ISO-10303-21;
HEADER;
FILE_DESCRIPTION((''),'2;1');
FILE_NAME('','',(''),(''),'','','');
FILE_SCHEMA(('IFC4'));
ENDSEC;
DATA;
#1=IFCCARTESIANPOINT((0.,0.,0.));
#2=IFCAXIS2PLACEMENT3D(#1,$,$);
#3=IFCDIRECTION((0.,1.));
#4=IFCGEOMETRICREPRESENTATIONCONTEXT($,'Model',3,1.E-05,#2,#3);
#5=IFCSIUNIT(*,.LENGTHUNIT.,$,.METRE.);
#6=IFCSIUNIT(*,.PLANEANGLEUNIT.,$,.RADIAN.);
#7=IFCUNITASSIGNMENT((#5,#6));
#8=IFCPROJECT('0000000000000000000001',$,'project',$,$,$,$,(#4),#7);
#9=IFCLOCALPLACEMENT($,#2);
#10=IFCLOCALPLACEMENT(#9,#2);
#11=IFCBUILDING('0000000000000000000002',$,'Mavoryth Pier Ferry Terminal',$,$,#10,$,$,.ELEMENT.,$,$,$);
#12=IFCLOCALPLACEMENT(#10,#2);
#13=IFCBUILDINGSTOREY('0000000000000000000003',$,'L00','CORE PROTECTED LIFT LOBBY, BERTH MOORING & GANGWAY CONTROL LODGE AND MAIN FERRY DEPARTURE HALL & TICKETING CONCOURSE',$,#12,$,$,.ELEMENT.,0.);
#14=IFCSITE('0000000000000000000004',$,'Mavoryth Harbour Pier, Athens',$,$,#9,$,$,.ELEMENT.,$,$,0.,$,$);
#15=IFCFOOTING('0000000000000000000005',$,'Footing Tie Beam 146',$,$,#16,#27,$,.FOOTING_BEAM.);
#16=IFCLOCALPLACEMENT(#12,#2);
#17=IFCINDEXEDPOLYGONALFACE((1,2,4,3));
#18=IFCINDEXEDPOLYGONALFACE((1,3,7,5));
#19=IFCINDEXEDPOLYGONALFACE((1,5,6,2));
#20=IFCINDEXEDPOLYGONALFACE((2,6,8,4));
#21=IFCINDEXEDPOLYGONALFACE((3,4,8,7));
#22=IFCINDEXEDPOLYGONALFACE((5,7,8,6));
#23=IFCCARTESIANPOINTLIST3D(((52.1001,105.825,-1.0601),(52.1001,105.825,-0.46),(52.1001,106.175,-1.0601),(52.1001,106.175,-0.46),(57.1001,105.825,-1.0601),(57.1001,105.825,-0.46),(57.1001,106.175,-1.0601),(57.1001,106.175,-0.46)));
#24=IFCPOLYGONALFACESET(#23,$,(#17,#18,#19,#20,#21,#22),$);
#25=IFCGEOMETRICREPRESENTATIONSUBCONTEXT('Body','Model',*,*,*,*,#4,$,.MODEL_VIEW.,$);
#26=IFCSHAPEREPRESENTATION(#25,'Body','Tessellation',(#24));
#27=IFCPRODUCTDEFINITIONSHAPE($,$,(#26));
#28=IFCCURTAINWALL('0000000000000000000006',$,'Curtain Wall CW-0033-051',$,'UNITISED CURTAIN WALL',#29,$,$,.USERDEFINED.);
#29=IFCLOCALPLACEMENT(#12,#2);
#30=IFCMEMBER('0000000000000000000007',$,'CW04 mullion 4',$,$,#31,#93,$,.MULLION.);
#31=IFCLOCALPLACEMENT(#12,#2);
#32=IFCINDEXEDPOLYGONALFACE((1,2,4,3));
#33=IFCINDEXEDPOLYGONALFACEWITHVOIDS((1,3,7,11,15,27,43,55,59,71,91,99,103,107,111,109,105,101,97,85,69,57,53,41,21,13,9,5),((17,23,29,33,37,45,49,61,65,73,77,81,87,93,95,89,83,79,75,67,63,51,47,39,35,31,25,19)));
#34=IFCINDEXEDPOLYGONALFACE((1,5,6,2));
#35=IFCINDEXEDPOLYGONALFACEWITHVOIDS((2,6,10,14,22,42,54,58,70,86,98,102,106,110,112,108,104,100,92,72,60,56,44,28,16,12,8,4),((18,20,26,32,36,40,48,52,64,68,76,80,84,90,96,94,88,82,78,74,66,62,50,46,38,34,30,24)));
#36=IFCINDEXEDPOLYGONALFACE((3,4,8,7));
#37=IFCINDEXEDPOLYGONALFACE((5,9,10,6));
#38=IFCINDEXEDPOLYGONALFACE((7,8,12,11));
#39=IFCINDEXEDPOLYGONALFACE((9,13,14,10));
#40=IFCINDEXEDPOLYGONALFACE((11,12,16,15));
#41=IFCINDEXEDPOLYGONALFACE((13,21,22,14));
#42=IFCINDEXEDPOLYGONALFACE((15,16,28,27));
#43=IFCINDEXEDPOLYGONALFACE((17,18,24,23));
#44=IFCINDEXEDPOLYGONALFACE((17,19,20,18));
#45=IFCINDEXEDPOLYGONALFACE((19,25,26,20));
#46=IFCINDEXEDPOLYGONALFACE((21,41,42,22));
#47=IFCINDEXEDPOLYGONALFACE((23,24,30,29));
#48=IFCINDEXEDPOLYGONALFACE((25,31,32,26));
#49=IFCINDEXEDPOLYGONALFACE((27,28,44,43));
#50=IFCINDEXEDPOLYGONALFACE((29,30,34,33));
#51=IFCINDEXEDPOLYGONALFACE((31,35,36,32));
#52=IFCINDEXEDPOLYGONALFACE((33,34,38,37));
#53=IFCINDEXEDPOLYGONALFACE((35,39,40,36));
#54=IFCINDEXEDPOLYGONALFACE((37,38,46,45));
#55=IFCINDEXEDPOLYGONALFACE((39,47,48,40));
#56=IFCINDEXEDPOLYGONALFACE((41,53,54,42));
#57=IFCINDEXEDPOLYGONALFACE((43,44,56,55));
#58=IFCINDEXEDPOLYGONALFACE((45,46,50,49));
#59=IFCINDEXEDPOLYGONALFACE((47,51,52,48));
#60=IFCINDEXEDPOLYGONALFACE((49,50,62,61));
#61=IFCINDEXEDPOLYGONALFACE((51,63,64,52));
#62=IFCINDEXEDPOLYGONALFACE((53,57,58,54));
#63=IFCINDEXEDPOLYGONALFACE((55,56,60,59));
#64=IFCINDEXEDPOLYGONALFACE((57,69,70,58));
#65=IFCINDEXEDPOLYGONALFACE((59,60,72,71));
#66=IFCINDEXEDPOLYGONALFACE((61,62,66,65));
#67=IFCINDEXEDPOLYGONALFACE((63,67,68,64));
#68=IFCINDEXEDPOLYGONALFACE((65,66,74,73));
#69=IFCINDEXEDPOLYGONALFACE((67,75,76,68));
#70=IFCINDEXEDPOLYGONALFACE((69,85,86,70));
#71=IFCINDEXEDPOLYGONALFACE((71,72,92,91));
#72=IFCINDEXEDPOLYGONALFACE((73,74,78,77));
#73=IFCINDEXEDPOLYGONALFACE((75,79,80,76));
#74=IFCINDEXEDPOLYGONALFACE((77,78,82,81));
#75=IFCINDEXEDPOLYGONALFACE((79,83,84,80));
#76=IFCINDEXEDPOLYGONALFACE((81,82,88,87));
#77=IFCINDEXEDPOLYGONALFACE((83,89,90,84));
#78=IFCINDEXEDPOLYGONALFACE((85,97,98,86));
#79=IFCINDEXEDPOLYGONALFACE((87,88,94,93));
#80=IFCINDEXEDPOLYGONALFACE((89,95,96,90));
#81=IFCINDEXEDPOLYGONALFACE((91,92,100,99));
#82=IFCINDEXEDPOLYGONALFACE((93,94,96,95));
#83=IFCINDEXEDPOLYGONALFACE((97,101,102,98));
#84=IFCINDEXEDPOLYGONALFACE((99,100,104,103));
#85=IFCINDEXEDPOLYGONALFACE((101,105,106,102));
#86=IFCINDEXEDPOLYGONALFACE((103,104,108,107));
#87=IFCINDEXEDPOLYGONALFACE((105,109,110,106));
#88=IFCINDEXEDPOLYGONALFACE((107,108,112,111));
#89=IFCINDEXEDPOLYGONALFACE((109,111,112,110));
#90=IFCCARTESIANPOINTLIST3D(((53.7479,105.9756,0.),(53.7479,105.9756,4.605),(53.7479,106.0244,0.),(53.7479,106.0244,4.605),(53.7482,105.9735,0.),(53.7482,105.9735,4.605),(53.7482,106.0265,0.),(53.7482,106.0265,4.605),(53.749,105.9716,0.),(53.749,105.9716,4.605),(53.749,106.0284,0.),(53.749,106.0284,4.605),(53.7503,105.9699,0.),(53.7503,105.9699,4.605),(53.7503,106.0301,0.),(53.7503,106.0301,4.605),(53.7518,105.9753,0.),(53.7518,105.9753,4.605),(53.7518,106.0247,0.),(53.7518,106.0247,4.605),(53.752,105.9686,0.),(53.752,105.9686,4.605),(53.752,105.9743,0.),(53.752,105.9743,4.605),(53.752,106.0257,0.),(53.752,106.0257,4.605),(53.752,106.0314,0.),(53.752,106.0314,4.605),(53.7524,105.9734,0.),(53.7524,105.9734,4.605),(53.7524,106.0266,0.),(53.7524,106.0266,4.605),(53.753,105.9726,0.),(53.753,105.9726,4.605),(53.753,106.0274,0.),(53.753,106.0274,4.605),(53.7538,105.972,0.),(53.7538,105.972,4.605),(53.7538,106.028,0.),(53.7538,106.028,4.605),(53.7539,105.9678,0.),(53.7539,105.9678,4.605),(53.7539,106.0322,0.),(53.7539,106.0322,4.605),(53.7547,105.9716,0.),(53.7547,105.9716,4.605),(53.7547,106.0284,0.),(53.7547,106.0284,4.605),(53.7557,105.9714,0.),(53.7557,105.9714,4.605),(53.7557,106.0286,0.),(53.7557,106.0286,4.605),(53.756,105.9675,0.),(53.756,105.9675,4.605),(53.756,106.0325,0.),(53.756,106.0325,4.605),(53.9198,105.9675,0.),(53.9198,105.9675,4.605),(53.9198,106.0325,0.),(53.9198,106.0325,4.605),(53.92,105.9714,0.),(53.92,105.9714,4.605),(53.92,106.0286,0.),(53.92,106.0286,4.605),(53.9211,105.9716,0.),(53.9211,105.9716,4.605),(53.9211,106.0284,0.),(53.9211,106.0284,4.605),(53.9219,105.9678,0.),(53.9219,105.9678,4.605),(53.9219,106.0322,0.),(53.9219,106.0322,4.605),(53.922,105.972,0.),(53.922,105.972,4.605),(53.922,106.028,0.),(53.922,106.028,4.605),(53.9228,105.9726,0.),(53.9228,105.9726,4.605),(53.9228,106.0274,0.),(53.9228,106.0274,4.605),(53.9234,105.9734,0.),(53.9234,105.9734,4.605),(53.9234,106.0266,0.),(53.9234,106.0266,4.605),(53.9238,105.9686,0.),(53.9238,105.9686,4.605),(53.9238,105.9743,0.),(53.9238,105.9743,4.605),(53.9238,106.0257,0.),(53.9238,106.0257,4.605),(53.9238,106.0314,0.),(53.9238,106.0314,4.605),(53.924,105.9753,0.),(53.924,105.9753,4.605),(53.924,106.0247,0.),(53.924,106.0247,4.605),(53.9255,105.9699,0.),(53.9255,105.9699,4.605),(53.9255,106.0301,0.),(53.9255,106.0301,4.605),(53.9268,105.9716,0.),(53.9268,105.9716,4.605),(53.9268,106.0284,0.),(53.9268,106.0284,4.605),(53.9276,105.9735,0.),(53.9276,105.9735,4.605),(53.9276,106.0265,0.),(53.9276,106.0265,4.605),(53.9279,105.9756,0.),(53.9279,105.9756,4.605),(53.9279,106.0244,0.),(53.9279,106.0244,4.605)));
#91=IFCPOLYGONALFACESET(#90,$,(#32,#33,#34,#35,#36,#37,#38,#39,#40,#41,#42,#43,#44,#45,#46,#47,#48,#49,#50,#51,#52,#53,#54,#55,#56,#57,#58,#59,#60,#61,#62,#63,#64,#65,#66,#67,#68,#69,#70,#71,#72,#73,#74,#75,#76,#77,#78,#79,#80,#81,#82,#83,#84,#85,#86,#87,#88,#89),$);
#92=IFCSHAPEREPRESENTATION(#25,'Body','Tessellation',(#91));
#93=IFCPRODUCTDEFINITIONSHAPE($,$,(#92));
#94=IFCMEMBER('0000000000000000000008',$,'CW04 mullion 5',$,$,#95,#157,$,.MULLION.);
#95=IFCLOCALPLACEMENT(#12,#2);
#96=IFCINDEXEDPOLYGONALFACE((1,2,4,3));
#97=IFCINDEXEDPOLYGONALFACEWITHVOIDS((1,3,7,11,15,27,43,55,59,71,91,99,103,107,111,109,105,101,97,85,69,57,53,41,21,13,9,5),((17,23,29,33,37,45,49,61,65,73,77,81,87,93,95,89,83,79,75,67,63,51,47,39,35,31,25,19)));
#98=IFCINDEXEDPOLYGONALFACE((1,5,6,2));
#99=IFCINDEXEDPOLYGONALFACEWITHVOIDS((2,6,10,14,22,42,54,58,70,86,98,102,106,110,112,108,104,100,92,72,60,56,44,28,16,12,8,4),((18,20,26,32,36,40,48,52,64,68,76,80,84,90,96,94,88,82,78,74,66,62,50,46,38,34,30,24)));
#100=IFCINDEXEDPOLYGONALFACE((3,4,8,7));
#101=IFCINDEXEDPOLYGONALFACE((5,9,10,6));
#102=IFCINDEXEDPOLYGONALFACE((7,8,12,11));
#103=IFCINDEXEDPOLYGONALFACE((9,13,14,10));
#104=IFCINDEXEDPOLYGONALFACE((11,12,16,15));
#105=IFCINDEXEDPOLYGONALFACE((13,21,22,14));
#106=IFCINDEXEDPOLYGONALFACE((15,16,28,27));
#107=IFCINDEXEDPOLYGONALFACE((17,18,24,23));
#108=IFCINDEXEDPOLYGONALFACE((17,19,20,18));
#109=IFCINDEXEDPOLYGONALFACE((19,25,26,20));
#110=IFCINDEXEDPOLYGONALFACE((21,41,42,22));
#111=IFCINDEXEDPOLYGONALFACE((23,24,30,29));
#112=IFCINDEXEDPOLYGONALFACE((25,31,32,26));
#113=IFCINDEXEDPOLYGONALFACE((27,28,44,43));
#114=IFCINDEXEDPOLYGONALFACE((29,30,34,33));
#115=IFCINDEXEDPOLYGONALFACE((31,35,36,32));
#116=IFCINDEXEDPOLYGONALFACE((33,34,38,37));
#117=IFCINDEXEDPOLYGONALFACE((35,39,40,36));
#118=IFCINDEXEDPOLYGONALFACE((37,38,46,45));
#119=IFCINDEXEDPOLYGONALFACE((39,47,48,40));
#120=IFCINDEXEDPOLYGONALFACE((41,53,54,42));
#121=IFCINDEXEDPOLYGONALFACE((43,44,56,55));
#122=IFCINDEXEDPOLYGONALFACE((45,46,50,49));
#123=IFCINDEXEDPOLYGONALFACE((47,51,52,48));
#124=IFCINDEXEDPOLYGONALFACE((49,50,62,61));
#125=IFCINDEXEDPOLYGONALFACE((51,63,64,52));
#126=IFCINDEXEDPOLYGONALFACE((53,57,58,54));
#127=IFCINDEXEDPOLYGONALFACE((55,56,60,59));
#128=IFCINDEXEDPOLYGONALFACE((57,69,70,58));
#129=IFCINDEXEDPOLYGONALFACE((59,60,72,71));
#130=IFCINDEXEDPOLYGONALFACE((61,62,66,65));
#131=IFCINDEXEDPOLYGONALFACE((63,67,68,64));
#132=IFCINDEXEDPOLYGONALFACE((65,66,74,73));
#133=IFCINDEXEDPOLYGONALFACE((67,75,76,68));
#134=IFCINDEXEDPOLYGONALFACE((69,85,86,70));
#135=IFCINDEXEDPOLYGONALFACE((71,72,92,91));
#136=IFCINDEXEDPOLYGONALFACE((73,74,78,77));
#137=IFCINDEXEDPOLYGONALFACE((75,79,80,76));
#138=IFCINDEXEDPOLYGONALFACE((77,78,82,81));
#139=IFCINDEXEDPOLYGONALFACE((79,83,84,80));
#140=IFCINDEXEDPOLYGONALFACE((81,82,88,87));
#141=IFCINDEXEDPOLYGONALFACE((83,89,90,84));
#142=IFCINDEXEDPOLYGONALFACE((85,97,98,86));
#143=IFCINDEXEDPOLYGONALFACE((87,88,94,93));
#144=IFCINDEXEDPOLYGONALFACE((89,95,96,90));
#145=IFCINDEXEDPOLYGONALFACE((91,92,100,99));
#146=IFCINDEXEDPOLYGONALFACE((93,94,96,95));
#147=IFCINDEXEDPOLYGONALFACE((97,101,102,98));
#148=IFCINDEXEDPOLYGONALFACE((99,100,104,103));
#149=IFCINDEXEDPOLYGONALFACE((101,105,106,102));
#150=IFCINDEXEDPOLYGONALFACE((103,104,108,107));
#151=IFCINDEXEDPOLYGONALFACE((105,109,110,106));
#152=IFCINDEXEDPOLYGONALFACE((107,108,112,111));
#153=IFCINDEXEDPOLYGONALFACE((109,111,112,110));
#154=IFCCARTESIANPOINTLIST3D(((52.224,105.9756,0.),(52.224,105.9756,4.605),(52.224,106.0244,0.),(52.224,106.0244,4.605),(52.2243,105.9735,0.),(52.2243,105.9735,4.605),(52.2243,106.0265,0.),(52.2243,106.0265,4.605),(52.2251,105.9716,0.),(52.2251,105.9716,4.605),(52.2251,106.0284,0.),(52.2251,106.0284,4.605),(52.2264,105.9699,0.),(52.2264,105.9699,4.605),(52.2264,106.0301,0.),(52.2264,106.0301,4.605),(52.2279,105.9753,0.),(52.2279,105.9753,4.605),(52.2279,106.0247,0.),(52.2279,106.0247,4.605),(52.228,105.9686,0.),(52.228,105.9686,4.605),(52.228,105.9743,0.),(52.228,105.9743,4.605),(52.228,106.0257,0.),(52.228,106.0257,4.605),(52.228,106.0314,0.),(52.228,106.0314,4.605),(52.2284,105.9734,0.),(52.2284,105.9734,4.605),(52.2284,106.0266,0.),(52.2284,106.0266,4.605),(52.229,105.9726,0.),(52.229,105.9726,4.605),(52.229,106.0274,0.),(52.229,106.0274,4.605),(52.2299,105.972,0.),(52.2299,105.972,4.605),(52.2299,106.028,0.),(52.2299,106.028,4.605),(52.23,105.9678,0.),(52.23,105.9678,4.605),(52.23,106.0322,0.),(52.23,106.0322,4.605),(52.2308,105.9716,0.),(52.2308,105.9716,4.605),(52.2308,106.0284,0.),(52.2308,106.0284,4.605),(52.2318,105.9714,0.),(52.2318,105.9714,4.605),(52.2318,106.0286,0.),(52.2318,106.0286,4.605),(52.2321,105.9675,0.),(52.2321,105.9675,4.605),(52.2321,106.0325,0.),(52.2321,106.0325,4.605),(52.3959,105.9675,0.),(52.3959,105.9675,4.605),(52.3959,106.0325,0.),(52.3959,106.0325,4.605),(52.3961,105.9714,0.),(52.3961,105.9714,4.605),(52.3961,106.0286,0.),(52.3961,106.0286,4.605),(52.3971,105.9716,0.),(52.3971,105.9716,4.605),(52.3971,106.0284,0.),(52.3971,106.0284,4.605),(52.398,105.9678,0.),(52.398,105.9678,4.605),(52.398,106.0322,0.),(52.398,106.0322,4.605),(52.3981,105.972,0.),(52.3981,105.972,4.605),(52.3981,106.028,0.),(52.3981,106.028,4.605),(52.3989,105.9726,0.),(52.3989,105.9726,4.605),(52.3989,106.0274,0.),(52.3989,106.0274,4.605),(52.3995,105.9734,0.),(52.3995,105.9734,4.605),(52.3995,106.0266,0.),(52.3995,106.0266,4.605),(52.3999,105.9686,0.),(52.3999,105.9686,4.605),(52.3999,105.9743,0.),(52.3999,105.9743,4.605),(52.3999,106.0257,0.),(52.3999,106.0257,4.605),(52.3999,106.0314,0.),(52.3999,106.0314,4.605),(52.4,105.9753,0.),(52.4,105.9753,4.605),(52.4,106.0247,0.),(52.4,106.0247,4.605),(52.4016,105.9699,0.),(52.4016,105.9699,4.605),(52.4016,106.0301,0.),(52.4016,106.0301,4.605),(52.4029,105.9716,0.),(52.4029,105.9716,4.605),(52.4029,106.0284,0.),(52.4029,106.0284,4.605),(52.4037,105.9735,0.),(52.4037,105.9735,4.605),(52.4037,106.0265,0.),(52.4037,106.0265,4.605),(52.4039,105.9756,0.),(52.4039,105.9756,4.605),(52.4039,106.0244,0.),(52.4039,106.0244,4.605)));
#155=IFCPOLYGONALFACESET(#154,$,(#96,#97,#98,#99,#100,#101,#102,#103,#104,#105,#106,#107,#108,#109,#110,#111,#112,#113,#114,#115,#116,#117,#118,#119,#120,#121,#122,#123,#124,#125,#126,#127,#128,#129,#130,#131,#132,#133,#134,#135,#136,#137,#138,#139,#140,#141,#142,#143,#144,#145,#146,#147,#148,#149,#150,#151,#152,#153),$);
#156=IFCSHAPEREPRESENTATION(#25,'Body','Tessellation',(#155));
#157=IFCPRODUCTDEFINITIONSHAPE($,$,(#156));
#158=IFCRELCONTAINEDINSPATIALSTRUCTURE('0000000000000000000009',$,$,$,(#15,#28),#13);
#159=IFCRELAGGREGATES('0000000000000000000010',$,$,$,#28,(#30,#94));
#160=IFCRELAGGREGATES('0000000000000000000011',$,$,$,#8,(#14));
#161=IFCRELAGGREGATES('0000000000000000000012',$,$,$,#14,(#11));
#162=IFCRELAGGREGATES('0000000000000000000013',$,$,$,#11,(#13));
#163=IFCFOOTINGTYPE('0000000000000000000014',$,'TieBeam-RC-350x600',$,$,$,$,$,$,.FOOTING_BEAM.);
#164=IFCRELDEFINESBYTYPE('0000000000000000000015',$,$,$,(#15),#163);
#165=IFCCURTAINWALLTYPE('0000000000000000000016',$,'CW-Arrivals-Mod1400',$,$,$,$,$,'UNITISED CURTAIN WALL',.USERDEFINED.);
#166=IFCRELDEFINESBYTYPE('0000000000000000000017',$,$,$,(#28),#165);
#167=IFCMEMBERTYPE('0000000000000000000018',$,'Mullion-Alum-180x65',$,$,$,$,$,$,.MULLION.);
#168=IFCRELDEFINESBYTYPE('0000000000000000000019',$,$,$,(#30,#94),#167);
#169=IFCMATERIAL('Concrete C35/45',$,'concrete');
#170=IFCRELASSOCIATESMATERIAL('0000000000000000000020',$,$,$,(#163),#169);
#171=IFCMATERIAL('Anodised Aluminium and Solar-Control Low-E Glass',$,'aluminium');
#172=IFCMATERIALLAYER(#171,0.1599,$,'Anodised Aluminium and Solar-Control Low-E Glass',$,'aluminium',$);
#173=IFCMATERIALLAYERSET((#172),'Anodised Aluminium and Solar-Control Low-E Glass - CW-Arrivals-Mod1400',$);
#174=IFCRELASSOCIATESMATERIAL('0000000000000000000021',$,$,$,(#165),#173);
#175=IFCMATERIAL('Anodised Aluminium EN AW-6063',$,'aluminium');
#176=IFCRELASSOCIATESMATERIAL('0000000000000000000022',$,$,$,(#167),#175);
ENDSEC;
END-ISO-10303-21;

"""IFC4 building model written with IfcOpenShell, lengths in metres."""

from ifc_helpers import new_model, si_unit, direction, frame, origin, origin_2d, place, context, subcontext, project, spatial, rectangle, hollow_rectangle, extrude, material, layer, layer_set, material_profile, profile_set, type_object, element, aggregate, save


model = new_model("IFC4")

# Units and contexts
model_context = context("Model", 3, precision=1e-05, world=origin(), true_north=direction((0.0, 1.0)))
body_context = subcontext(model_context, "Body", "Model", "MODEL_VIEW")
ifc_project = project(units=[si_unit("LENGTHUNIT", "METRE"), si_unit("PLANEANGLEUNIT", "RADIAN")], contexts=[model_context])

# Site, building, storey
site_placement = place(None, origin())
site = spatial("IfcSite", under=ifc_project, at=site_placement, Name="Mavoryth Harbour Pier, Athens", CompositionType="ELEMENT", RefElevation=0.0)
building_placement = place(site_placement, origin())
building = spatial("IfcBuilding", under=site, at=building_placement, Name="Mavoryth Pier Ferry Terminal", CompositionType="ELEMENT")
storey_placement = place(building_placement, origin())
storey = spatial("IfcBuildingStorey", under=building, at=storey_placement, Name="L00", Description="CORE PROTECTED LIFT LOBBY, BERTH MOORING & GANGWAY CONTROL LODGE AND MAIN FERRY DEPARTURE HALL & TICKETING CONCOURSE", CompositionType="ELEMENT", Elevation=0.0)

# Footing
ifc_material_1 = material(Name="Concrete C35/45", Category="concrete")
ifc_material_profile_1 = material_profile(ifc_material_1, rectangle(XDim=0.3501, YDim=0.6001, at=origin_2d()), Name="RC 350x600", Category="concrete")
ifc_profile_set_1 = profile_set([ifc_material_profile_1], Name="Concrete C35/45 - RC 350x600")
footing_type = type_object("IfcFootingType", Name="TieBeam-RC-350x600", PredefinedType="FOOTING_BEAM", material=ifc_profile_set_1)
footing_placement = place(storey_placement, frame((52.1001, 106.0, -0.76), z_axis=(1.0, 0.0, 0.0), x_axis=(0.0, 1.0, 0.0)))
element("IfcFooting", 1, at=footing_placement, inside=storey, type_object=footing_type, Name="Footing Tie Beam 146", PredefinedType="FOOTING_BEAM", context=body_context, shape_type="SweptSolid", body=[
    extrude(rectangle(XDim=0.3501, YDim=0.6001, at=origin_2d()), origin(), (0.0, 0.0, 1.0), 5.0),
])

# Curtain wall, members
ifc_material_2 = material(Name="Anodised Aluminium and Solar-Control Low-E Glass", Category="aluminium")
ifc_layer_1 = layer(ifc_material_2, 0.1599, Name="Anodised Aluminium and Solar-Control Low-E Glass", Category="aluminium")
ifc_layer_set_1 = layer_set([ifc_layer_1], Name="Anodised Aluminium and Solar-Control Low-E Glass - CW-Arrivals-Mod1400")
curtain_wall_type = type_object("IfcCurtainWallType", Name="CW-Arrivals-Mod1400", ElementType="UNITISED CURTAIN WALL", PredefinedType="USERDEFINED", material=ifc_layer_set_1)
curtain_wall_placement = place(storey_placement, origin())
curtain_wall = element("IfcCurtainWall", 2, at=curtain_wall_placement, inside=storey, type_object=curtain_wall_type, Name="Curtain Wall CW-0033-051", ObjectType="UNITISED CURTAIN WALL", PredefinedType="USERDEFINED")
ifc_material_3 = material(Name="Anodised Aluminium EN AW-6063", Category="aluminium")
ifc_material_profile_2 = material_profile(ifc_material_3, hollow_rectangle(XDim=0.0649, YDim=0.1799, WallThickness=0.0039, InnerFilletRadius=0.0039, OuterFilletRadius=0.0081, at=origin_2d()), Name="AL-MULL 180x65x4", Category="aluminium")
ifc_profile_set_2 = profile_set([ifc_material_profile_2], Name="Anodised Aluminium EN AW-6063 - AL-MULL 180x65x4")
member_type_1 = type_object("IfcMemberType", Name="Mullion-Alum-180x65", PredefinedType="MULLION", material=ifc_profile_set_2)
member_1_placement = place(storey_placement, frame((53.8379, 106.0, 0.0), z_axis=(0.0, 0.0, 1.0), x_axis=(0.0, -1.0, 0.0)))
member_1 = element("IfcMember", 3, at=member_1_placement, type_object=member_type_1, Name="CW04 mullion 4", PredefinedType="MULLION", context=body_context, shape_type="SweptSolid", body=[
    extrude(hollow_rectangle(XDim=0.0649, YDim=0.1799, WallThickness=0.0039, InnerFilletRadius=0.0039, OuterFilletRadius=0.0081, at=origin_2d()), origin(), (0.0, 0.0, 1.0), 4.605),
])
member_2_placement = place(storey_placement, frame((52.314, 106.0, 0.0), z_axis=(0.0, 0.0, 1.0), x_axis=(0.0, -1.0, 0.0)))
member_2 = element("IfcMember", 4, at=member_2_placement, type_object=member_type_1, Name="CW04 mullion 5", PredefinedType="MULLION", context=body_context, shape_type="SweptSolid", body=[
    extrude(hollow_rectangle(XDim=0.0649, YDim=0.1799, WallThickness=0.0039, InnerFilletRadius=0.0039, OuterFilletRadius=0.0081, at=origin_2d()), origin(), (0.0, 0.0, 1.0), 4.605),
])
aggregate(curtain_wall, [member_1, member_2])

save(model, "model.ifc")
